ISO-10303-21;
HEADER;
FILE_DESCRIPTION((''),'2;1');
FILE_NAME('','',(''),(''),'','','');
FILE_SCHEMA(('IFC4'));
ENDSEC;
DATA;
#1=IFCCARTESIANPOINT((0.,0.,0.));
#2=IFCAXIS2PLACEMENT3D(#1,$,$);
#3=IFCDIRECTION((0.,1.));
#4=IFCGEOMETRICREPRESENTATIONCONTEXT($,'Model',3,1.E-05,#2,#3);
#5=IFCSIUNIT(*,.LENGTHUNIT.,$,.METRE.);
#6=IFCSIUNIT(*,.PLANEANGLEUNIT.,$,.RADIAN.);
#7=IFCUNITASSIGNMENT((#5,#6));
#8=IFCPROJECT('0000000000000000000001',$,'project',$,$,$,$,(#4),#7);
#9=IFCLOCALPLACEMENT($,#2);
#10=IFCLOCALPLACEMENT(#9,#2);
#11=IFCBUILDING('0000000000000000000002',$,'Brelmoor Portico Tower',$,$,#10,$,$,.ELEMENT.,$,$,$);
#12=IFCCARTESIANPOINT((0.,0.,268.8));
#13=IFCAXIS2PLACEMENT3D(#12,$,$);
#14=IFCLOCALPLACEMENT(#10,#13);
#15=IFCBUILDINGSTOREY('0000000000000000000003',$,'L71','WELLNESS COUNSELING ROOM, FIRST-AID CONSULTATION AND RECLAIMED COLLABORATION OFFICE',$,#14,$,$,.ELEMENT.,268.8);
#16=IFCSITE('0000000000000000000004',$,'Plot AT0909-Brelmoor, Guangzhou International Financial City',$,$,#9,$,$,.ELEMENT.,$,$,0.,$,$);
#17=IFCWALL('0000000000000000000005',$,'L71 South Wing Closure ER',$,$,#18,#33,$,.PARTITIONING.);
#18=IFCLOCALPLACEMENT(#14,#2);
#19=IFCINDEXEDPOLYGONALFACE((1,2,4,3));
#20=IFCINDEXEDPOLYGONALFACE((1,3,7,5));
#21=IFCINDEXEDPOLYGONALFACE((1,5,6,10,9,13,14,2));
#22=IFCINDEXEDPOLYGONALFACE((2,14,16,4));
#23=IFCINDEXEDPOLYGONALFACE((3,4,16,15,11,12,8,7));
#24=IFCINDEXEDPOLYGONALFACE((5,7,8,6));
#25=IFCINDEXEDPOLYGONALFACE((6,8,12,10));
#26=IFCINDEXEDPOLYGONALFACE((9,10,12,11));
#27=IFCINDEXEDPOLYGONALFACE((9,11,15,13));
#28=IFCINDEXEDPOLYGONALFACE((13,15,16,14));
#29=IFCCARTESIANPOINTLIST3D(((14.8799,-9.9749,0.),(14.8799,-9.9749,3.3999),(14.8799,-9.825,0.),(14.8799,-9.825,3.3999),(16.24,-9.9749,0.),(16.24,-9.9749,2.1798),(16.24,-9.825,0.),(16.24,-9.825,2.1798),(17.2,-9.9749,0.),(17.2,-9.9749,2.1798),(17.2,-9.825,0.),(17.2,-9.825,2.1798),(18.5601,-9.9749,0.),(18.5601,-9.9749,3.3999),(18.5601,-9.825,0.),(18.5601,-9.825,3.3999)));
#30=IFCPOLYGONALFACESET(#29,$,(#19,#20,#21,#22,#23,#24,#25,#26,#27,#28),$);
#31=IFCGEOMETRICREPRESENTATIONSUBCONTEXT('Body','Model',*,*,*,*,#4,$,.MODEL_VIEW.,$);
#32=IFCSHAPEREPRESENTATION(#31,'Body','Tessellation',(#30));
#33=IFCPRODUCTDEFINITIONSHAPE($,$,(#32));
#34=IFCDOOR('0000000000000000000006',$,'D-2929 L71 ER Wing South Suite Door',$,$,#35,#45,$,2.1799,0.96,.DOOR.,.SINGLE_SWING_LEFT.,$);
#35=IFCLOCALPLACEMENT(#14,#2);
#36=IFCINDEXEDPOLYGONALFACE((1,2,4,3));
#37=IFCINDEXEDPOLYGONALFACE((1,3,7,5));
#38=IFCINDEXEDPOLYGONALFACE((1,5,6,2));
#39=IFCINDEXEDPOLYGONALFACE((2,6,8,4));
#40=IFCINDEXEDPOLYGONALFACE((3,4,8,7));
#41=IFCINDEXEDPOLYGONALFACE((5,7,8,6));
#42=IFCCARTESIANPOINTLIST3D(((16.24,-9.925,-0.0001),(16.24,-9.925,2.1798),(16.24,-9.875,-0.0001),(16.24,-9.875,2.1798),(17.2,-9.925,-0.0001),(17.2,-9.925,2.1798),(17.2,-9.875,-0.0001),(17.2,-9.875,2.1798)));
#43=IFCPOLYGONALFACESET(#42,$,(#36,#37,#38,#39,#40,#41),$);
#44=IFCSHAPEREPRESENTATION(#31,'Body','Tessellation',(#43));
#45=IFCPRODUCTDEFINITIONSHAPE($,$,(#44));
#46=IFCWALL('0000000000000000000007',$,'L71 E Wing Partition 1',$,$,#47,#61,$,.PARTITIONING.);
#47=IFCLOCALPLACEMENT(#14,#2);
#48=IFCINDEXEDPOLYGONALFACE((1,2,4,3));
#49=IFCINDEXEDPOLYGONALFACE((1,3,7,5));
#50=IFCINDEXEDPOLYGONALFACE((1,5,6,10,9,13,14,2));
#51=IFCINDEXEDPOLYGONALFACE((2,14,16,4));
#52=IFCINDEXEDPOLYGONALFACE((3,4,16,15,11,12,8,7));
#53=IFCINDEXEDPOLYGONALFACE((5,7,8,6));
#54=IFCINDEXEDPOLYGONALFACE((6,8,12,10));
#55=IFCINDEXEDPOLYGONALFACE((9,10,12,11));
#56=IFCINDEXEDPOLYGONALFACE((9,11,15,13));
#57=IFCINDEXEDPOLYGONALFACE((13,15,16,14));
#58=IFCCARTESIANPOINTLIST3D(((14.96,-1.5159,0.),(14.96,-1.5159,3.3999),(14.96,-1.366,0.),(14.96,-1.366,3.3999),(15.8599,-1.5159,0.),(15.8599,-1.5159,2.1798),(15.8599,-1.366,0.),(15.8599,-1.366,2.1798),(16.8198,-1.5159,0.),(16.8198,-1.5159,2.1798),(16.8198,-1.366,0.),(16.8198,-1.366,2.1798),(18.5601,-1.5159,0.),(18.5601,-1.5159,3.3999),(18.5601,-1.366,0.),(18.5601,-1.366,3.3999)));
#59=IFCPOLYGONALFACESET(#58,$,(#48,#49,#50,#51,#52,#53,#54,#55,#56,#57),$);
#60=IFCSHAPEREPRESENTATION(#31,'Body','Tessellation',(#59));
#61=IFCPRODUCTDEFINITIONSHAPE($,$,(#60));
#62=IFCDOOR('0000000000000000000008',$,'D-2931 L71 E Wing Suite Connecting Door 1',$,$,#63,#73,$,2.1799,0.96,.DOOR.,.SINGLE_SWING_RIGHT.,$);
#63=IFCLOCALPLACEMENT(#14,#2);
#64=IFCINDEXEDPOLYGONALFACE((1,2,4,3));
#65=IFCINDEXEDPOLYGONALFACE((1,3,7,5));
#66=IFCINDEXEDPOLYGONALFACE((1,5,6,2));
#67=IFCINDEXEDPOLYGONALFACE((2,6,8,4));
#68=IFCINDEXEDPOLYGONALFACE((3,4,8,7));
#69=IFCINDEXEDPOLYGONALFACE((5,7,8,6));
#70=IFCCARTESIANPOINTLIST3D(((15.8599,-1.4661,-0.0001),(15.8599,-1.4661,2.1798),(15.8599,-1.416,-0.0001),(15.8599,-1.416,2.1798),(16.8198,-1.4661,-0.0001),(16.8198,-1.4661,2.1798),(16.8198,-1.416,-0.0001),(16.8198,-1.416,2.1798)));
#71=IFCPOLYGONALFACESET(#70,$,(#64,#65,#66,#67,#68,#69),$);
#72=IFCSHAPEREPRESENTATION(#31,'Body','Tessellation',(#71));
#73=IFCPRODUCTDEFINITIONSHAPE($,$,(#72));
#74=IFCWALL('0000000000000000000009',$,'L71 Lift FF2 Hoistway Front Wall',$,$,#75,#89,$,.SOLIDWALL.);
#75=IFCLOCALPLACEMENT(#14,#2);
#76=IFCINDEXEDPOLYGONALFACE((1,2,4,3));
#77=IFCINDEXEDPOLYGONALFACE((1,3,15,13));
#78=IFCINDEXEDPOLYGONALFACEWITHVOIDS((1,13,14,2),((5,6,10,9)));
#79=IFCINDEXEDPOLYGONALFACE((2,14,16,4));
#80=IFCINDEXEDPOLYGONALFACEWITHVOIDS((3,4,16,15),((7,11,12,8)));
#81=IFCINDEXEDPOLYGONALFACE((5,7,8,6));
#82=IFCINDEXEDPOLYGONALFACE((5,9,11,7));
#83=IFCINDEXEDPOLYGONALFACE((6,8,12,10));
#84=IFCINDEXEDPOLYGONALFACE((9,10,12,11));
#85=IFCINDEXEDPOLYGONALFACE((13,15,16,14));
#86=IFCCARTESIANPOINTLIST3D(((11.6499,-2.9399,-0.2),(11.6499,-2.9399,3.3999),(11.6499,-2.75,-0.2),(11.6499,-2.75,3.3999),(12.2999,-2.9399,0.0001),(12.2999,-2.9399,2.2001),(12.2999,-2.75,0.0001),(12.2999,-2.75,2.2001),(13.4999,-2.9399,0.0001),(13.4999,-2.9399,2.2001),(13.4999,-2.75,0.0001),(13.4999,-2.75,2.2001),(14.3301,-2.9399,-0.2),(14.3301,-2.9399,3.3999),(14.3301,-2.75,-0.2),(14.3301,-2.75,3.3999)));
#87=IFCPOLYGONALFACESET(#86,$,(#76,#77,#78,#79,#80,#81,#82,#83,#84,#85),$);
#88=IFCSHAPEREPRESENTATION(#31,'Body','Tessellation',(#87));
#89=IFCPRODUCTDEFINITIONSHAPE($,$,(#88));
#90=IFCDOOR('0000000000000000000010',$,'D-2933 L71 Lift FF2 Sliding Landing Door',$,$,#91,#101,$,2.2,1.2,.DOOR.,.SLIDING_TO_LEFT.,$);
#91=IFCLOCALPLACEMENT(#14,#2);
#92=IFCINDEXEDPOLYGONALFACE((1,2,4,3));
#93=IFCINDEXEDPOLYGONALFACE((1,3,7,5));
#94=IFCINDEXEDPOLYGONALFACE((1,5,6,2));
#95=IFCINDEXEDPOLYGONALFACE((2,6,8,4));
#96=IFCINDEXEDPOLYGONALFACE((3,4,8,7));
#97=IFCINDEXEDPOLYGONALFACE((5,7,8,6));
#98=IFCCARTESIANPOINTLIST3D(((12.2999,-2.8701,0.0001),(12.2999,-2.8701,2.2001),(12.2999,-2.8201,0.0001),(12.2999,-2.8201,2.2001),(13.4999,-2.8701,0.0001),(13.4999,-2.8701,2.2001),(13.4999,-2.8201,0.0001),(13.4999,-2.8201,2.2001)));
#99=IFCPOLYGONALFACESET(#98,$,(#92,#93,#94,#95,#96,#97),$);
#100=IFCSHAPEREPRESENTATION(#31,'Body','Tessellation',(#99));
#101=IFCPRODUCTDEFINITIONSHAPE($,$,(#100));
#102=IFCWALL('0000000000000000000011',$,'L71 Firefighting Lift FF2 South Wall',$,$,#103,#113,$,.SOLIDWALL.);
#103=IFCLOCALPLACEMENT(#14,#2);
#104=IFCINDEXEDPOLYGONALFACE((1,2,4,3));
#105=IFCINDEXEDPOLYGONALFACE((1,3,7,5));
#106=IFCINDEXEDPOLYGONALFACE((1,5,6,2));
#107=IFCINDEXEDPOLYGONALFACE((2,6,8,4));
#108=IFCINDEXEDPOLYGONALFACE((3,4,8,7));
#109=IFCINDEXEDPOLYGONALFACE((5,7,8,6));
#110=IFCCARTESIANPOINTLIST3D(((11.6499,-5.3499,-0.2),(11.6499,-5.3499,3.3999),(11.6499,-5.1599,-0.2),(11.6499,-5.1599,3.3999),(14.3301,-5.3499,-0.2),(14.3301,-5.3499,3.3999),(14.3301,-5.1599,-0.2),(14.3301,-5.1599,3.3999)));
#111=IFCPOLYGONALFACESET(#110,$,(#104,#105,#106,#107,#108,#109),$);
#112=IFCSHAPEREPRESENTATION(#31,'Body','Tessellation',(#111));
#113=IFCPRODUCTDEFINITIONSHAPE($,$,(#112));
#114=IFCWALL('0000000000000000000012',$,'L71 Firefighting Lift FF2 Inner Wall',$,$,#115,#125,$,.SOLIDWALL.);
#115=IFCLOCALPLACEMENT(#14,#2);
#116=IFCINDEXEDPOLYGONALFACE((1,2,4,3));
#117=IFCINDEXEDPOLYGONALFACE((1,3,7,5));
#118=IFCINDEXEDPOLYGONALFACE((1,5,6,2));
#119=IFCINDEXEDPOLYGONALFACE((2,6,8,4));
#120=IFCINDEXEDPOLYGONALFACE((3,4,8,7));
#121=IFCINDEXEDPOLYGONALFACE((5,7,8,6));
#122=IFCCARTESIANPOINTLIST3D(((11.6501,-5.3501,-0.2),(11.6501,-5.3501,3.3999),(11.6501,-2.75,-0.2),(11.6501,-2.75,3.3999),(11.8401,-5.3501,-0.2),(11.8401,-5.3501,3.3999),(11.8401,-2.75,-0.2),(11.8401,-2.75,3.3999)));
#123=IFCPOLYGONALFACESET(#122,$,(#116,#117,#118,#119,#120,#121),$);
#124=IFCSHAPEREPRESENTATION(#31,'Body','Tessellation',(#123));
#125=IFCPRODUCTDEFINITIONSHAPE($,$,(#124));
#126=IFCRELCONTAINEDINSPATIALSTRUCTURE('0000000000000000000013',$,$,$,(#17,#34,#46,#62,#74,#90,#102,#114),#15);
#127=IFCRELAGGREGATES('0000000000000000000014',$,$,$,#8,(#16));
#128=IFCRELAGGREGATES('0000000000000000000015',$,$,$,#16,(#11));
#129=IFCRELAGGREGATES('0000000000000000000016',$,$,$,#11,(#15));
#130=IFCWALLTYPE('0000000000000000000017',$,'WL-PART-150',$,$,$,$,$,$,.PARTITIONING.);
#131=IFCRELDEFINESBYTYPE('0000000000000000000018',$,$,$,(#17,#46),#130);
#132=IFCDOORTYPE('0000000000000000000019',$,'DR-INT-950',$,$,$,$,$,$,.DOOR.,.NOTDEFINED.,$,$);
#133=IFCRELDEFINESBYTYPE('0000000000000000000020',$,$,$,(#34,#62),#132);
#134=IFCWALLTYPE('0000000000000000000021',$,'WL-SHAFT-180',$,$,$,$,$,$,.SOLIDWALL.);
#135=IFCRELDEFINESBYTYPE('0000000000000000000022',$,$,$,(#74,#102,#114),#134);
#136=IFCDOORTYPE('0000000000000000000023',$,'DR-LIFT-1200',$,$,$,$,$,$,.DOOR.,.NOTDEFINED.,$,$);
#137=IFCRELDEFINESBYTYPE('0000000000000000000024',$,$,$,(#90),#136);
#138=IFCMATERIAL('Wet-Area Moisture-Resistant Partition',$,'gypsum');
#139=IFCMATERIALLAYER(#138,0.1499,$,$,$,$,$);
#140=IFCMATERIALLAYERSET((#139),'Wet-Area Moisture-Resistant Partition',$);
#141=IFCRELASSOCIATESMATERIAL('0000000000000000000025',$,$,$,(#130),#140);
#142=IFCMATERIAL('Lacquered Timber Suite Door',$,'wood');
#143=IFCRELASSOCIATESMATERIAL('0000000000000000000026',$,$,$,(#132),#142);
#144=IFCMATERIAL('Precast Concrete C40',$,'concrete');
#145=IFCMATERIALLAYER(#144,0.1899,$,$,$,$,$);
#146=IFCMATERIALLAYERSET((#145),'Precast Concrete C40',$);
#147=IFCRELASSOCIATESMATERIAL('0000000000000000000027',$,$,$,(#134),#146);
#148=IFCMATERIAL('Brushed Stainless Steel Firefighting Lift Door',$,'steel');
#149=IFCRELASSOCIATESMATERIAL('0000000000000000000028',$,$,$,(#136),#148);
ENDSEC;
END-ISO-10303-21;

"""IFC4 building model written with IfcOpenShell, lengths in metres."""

from ifc_helpers import new_model, si_unit, direction, frame, frame_2d, origin, place, context, subcontext, project, spatial, rectangle, extrude, material, layer, layer_set, type_object, element, fill, save


model = new_model("IFC4")

# Units and contexts
model_context = context("Model", 3, precision=1e-05, world=origin(), true_north=direction((0.0, 1.0)))
body_context = subcontext(model_context, "Body", "Model", "MODEL_VIEW")
ifc_project = project(units=[si_unit("LENGTHUNIT", "METRE"), si_unit("PLANEANGLEUNIT", "RADIAN")], contexts=[model_context])

# Site, building, storey
site_placement = place(None, origin())
site = spatial("IfcSite", under=ifc_project, at=site_placement, Name="Plot AT0909-Brelmoor, Guangzhou International Financial City", CompositionType="ELEMENT", RefElevation=0.0)
building_placement = place(site_placement, origin())
building = spatial("IfcBuilding", under=site, at=building_placement, Name="Brelmoor Portico Tower", CompositionType="ELEMENT")
storey_placement = place(building_placement, frame((0.0, 0.0, 268.8)))
storey = spatial("IfcBuildingStorey", under=building, at=storey_placement, Name="L71", Description="WELLNESS COUNSELING ROOM, FIRST-AID CONSULTATION AND RECLAIMED COLLABORATION OFFICE", CompositionType="ELEMENT", Elevation=268.8)

# Walls, openings, doors
ifc_material_1 = material(Name="Wet-Area Moisture-Resistant Partition", Category="gypsum")
ifc_layer_1 = layer(ifc_material_1, 0.1499)
ifc_layer_set_1 = layer_set([ifc_layer_1], Name="Wet-Area Moisture-Resistant Partition")
wall_type_1 = type_object("IfcWallType", Name="WL-PART-150", PredefinedType="PARTITIONING", material=ifc_layer_set_1)
wall_1_placement = place(storey_placement, frame((14.8799, -9.8999, 0.0), z_axis=(0.0, 0.0, 1.0), x_axis=(1.0, 0.0, 0.0)))
wall_1 = element("IfcWall", 1, at=wall_1_placement, inside=storey, type_object=wall_type_1, Name="L71 South Wing Closure ER", PredefinedType="PARTITIONING", context=body_context, shape_type="SweptSolid", body=[
    extrude(rectangle(XDim=3.6802, YDim=0.1499, at=frame_2d((1.8401, 0.0))), origin(), (0.0, 0.0, 1.0), 3.3999),
])
opening_1_placement = place(wall_1_placement, frame((1.3601, 0.0, 0.0)))
opening_1 = element("IfcOpeningElement", 2, at=opening_1_placement, cuts=wall_1, PredefinedType="OPENING", context=body_context, shape_type="SweptSolid", body=[
    extrude(rectangle(XDim=0.96, YDim=2.1799, at=frame_2d((0.48, 1.0898))), frame((0.0, 0.085, 0.0), z_axis=(0.0, -1.0, 0.0), x_axis=(1.0, 0.0, 0.0)), (0.0, 0.0, 1.0), 0.1699),
])
ifc_material_2 = material(Name="Lacquered Timber Suite Door", Category="wood")
door_type_1 = type_object("IfcDoorType", Name="DR-INT-950", OperationType="NOTDEFINED", PredefinedType="DOOR", material=ifc_material_2)
door_1_placement = place(opening_1_placement, origin())
door_1 = element("IfcDoor", 3, at=door_1_placement, inside=storey, type_object=door_type_1, Name="D-2929 L71 ER Wing South Suite Door", OperationType="SINGLE_SWING_LEFT", OverallHeight=2.1799, OverallWidth=0.96, PredefinedType="DOOR", context=body_context, shape_type="SweptSolid", body=[
    extrude(rectangle(XDim=0.96, YDim=2.1799, at=frame_2d((0.48, 1.0898))), frame((0.0, 0.0249, 0.0), z_axis=(0.0, -1.0, 0.0), x_axis=(1.0, 0.0, 0.0)), (0.0, 0.0, 1.0), 0.05),
])
fill(opening_1, door_1)
wall_2_placement = place(storey_placement, frame((14.96, -1.4409, 0.0), z_axis=(0.0, 0.0, 1.0), x_axis=(1.0, 0.0, 0.0)))
wall_2 = element("IfcWall", 4, at=wall_2_placement, inside=storey, type_object=wall_type_1, Name="L71 E Wing Partition 1", PredefinedType="PARTITIONING", context=body_context, shape_type="SweptSolid", body=[
    extrude(rectangle(XDim=3.6001, YDim=0.1499, at=frame_2d((1.8, 0.0))), origin(), (0.0, 0.0, 1.0), 3.3999),
])
opening_2_placement = place(wall_2_placement, frame((0.8999, 0.0, 0.0)))
opening_2 = element("IfcOpeningElement", 5, at=opening_2_placement, cuts=wall_2, PredefinedType="OPENING", context=body_context, shape_type="SweptSolid", body=[
    extrude(rectangle(XDim=0.96, YDim=2.1799, at=frame_2d((0.48, 1.0898))), frame((0.0, 0.085, 0.0), z_axis=(0.0, -1.0, 0.0), x_axis=(1.0, 0.0, 0.0)), (0.0, 0.0, 1.0), 0.1699),
])
door_2_placement = place(opening_2_placement, origin())
door_2 = element("IfcDoor", 6, at=door_2_placement, inside=storey, type_object=door_type_1, Name="D-2931 L71 E Wing Suite Connecting Door 1", OperationType="SINGLE_SWING_RIGHT", OverallHeight=2.1799, OverallWidth=0.96, PredefinedType="DOOR", context=body_context, shape_type="SweptSolid", body=[
    extrude(rectangle(XDim=0.96, YDim=2.1799, at=frame_2d((0.48, 1.0898))), frame((0.0, 0.0249, 0.0), z_axis=(0.0, -1.0, 0.0), x_axis=(1.0, 0.0, 0.0)), (0.0, 0.0, 1.0), 0.05),
])
fill(opening_2, door_2)
ifc_material_3 = material(Name="Precast Concrete C40", Category="concrete")
ifc_layer_2 = layer(ifc_material_3, 0.1899)
ifc_layer_set_2 = layer_set([ifc_layer_2], Name="Precast Concrete C40")
wall_type_2 = type_object("IfcWallType", Name="WL-SHAFT-180", PredefinedType="SOLIDWALL", material=ifc_layer_set_2)
wall_3_placement = place(storey_placement, frame((11.6499, -2.845, -0.2), z_axis=(0.0, 0.0, 1.0), x_axis=(1.0, 0.0, 0.0)))
wall_3 = element("IfcWall", 7, at=wall_3_placement, inside=storey, type_object=wall_type_2, Name="L71 Lift FF2 Hoistway Front Wall", PredefinedType="SOLIDWALL", context=body_context, shape_type="SweptSolid", body=[
    extrude(rectangle(XDim=2.6802, YDim=0.1899, at=frame_2d((1.3401, 0.0))), origin(), (0.0, 0.0, 1.0), 3.5999),
])
opening_3_placement = place(wall_3_placement, frame((0.6499, 0.0, 0.2)))
opening_3 = element("IfcOpeningElement", 8, at=opening_3_placement, cuts=wall_3, PredefinedType="OPENING", context=body_context, shape_type="SweptSolid", body=[
    extrude(rectangle(XDim=1.2, YDim=2.2, at=frame_2d((0.6001, 1.1001))), frame((0.0, 0.105, 0.0), z_axis=(0.0, -1.0, 0.0), x_axis=(1.0, 0.0, 0.0)), (0.0, 0.0, 1.0), 0.21),
])
ifc_material_4 = material(Name="Brushed Stainless Steel Firefighting Lift Door", Category="steel")
door_type_2 = type_object("IfcDoorType", Name="DR-LIFT-1200", OperationType="NOTDEFINED", PredefinedType="DOOR", material=ifc_material_4)
door_3_placement = place(opening_3_placement, origin())
door_3 = element("IfcDoor", 9, at=door_3_placement, inside=storey, type_object=door_type_2, Name="D-2933 L71 Lift FF2 Sliding Landing Door", OperationType="SLIDING_TO_LEFT", OverallHeight=2.2, OverallWidth=1.2, PredefinedType="DOOR", context=body_context, shape_type="SweptSolid", body=[
    extrude(rectangle(XDim=1.2, YDim=2.2, at=frame_2d((0.6001, 1.1001))), frame((0.0, 0.0249, 0.0), z_axis=(0.0, -1.0, 0.0), x_axis=(1.0, 0.0, 0.0)), (0.0, 0.0, 1.0), 0.05),
])
fill(opening_3, door_3)

# Walls
wall_4_placement = place(storey_placement, frame((11.6499, -5.2549, -0.2), z_axis=(0.0, 0.0, 1.0), x_axis=(1.0, 0.0, 0.0)))
element("IfcWall", 10, at=wall_4_placement, inside=storey, type_object=wall_type_2, Name="L71 Firefighting Lift FF2 South Wall", PredefinedType="SOLIDWALL", context=body_context, shape_type="SweptSolid", body=[
    extrude(rectangle(XDim=2.6802, YDim=0.1899, at=frame_2d((1.3401, 0.0))), origin(), (0.0, 0.0, 1.0), 3.5999),
])
wall_5_placement = place(storey_placement, frame((11.7451, -5.3501, -0.2), z_axis=(0.0, 0.0, 1.0), x_axis=(0.0, 1.0, 0.0)))
element("IfcWall", 11, at=wall_5_placement, inside=storey, type_object=wall_type_2, Name="L71 Firefighting Lift FF2 Inner Wall", PredefinedType="SOLIDWALL", context=body_context, shape_type="SweptSolid", body=[
    extrude(rectangle(XDim=2.6001, YDim=0.1899, at=frame_2d((1.3, 0.0))), origin(), (0.0, 0.0, 1.0), 3.5999),
])

save(model, "model.ifc")
